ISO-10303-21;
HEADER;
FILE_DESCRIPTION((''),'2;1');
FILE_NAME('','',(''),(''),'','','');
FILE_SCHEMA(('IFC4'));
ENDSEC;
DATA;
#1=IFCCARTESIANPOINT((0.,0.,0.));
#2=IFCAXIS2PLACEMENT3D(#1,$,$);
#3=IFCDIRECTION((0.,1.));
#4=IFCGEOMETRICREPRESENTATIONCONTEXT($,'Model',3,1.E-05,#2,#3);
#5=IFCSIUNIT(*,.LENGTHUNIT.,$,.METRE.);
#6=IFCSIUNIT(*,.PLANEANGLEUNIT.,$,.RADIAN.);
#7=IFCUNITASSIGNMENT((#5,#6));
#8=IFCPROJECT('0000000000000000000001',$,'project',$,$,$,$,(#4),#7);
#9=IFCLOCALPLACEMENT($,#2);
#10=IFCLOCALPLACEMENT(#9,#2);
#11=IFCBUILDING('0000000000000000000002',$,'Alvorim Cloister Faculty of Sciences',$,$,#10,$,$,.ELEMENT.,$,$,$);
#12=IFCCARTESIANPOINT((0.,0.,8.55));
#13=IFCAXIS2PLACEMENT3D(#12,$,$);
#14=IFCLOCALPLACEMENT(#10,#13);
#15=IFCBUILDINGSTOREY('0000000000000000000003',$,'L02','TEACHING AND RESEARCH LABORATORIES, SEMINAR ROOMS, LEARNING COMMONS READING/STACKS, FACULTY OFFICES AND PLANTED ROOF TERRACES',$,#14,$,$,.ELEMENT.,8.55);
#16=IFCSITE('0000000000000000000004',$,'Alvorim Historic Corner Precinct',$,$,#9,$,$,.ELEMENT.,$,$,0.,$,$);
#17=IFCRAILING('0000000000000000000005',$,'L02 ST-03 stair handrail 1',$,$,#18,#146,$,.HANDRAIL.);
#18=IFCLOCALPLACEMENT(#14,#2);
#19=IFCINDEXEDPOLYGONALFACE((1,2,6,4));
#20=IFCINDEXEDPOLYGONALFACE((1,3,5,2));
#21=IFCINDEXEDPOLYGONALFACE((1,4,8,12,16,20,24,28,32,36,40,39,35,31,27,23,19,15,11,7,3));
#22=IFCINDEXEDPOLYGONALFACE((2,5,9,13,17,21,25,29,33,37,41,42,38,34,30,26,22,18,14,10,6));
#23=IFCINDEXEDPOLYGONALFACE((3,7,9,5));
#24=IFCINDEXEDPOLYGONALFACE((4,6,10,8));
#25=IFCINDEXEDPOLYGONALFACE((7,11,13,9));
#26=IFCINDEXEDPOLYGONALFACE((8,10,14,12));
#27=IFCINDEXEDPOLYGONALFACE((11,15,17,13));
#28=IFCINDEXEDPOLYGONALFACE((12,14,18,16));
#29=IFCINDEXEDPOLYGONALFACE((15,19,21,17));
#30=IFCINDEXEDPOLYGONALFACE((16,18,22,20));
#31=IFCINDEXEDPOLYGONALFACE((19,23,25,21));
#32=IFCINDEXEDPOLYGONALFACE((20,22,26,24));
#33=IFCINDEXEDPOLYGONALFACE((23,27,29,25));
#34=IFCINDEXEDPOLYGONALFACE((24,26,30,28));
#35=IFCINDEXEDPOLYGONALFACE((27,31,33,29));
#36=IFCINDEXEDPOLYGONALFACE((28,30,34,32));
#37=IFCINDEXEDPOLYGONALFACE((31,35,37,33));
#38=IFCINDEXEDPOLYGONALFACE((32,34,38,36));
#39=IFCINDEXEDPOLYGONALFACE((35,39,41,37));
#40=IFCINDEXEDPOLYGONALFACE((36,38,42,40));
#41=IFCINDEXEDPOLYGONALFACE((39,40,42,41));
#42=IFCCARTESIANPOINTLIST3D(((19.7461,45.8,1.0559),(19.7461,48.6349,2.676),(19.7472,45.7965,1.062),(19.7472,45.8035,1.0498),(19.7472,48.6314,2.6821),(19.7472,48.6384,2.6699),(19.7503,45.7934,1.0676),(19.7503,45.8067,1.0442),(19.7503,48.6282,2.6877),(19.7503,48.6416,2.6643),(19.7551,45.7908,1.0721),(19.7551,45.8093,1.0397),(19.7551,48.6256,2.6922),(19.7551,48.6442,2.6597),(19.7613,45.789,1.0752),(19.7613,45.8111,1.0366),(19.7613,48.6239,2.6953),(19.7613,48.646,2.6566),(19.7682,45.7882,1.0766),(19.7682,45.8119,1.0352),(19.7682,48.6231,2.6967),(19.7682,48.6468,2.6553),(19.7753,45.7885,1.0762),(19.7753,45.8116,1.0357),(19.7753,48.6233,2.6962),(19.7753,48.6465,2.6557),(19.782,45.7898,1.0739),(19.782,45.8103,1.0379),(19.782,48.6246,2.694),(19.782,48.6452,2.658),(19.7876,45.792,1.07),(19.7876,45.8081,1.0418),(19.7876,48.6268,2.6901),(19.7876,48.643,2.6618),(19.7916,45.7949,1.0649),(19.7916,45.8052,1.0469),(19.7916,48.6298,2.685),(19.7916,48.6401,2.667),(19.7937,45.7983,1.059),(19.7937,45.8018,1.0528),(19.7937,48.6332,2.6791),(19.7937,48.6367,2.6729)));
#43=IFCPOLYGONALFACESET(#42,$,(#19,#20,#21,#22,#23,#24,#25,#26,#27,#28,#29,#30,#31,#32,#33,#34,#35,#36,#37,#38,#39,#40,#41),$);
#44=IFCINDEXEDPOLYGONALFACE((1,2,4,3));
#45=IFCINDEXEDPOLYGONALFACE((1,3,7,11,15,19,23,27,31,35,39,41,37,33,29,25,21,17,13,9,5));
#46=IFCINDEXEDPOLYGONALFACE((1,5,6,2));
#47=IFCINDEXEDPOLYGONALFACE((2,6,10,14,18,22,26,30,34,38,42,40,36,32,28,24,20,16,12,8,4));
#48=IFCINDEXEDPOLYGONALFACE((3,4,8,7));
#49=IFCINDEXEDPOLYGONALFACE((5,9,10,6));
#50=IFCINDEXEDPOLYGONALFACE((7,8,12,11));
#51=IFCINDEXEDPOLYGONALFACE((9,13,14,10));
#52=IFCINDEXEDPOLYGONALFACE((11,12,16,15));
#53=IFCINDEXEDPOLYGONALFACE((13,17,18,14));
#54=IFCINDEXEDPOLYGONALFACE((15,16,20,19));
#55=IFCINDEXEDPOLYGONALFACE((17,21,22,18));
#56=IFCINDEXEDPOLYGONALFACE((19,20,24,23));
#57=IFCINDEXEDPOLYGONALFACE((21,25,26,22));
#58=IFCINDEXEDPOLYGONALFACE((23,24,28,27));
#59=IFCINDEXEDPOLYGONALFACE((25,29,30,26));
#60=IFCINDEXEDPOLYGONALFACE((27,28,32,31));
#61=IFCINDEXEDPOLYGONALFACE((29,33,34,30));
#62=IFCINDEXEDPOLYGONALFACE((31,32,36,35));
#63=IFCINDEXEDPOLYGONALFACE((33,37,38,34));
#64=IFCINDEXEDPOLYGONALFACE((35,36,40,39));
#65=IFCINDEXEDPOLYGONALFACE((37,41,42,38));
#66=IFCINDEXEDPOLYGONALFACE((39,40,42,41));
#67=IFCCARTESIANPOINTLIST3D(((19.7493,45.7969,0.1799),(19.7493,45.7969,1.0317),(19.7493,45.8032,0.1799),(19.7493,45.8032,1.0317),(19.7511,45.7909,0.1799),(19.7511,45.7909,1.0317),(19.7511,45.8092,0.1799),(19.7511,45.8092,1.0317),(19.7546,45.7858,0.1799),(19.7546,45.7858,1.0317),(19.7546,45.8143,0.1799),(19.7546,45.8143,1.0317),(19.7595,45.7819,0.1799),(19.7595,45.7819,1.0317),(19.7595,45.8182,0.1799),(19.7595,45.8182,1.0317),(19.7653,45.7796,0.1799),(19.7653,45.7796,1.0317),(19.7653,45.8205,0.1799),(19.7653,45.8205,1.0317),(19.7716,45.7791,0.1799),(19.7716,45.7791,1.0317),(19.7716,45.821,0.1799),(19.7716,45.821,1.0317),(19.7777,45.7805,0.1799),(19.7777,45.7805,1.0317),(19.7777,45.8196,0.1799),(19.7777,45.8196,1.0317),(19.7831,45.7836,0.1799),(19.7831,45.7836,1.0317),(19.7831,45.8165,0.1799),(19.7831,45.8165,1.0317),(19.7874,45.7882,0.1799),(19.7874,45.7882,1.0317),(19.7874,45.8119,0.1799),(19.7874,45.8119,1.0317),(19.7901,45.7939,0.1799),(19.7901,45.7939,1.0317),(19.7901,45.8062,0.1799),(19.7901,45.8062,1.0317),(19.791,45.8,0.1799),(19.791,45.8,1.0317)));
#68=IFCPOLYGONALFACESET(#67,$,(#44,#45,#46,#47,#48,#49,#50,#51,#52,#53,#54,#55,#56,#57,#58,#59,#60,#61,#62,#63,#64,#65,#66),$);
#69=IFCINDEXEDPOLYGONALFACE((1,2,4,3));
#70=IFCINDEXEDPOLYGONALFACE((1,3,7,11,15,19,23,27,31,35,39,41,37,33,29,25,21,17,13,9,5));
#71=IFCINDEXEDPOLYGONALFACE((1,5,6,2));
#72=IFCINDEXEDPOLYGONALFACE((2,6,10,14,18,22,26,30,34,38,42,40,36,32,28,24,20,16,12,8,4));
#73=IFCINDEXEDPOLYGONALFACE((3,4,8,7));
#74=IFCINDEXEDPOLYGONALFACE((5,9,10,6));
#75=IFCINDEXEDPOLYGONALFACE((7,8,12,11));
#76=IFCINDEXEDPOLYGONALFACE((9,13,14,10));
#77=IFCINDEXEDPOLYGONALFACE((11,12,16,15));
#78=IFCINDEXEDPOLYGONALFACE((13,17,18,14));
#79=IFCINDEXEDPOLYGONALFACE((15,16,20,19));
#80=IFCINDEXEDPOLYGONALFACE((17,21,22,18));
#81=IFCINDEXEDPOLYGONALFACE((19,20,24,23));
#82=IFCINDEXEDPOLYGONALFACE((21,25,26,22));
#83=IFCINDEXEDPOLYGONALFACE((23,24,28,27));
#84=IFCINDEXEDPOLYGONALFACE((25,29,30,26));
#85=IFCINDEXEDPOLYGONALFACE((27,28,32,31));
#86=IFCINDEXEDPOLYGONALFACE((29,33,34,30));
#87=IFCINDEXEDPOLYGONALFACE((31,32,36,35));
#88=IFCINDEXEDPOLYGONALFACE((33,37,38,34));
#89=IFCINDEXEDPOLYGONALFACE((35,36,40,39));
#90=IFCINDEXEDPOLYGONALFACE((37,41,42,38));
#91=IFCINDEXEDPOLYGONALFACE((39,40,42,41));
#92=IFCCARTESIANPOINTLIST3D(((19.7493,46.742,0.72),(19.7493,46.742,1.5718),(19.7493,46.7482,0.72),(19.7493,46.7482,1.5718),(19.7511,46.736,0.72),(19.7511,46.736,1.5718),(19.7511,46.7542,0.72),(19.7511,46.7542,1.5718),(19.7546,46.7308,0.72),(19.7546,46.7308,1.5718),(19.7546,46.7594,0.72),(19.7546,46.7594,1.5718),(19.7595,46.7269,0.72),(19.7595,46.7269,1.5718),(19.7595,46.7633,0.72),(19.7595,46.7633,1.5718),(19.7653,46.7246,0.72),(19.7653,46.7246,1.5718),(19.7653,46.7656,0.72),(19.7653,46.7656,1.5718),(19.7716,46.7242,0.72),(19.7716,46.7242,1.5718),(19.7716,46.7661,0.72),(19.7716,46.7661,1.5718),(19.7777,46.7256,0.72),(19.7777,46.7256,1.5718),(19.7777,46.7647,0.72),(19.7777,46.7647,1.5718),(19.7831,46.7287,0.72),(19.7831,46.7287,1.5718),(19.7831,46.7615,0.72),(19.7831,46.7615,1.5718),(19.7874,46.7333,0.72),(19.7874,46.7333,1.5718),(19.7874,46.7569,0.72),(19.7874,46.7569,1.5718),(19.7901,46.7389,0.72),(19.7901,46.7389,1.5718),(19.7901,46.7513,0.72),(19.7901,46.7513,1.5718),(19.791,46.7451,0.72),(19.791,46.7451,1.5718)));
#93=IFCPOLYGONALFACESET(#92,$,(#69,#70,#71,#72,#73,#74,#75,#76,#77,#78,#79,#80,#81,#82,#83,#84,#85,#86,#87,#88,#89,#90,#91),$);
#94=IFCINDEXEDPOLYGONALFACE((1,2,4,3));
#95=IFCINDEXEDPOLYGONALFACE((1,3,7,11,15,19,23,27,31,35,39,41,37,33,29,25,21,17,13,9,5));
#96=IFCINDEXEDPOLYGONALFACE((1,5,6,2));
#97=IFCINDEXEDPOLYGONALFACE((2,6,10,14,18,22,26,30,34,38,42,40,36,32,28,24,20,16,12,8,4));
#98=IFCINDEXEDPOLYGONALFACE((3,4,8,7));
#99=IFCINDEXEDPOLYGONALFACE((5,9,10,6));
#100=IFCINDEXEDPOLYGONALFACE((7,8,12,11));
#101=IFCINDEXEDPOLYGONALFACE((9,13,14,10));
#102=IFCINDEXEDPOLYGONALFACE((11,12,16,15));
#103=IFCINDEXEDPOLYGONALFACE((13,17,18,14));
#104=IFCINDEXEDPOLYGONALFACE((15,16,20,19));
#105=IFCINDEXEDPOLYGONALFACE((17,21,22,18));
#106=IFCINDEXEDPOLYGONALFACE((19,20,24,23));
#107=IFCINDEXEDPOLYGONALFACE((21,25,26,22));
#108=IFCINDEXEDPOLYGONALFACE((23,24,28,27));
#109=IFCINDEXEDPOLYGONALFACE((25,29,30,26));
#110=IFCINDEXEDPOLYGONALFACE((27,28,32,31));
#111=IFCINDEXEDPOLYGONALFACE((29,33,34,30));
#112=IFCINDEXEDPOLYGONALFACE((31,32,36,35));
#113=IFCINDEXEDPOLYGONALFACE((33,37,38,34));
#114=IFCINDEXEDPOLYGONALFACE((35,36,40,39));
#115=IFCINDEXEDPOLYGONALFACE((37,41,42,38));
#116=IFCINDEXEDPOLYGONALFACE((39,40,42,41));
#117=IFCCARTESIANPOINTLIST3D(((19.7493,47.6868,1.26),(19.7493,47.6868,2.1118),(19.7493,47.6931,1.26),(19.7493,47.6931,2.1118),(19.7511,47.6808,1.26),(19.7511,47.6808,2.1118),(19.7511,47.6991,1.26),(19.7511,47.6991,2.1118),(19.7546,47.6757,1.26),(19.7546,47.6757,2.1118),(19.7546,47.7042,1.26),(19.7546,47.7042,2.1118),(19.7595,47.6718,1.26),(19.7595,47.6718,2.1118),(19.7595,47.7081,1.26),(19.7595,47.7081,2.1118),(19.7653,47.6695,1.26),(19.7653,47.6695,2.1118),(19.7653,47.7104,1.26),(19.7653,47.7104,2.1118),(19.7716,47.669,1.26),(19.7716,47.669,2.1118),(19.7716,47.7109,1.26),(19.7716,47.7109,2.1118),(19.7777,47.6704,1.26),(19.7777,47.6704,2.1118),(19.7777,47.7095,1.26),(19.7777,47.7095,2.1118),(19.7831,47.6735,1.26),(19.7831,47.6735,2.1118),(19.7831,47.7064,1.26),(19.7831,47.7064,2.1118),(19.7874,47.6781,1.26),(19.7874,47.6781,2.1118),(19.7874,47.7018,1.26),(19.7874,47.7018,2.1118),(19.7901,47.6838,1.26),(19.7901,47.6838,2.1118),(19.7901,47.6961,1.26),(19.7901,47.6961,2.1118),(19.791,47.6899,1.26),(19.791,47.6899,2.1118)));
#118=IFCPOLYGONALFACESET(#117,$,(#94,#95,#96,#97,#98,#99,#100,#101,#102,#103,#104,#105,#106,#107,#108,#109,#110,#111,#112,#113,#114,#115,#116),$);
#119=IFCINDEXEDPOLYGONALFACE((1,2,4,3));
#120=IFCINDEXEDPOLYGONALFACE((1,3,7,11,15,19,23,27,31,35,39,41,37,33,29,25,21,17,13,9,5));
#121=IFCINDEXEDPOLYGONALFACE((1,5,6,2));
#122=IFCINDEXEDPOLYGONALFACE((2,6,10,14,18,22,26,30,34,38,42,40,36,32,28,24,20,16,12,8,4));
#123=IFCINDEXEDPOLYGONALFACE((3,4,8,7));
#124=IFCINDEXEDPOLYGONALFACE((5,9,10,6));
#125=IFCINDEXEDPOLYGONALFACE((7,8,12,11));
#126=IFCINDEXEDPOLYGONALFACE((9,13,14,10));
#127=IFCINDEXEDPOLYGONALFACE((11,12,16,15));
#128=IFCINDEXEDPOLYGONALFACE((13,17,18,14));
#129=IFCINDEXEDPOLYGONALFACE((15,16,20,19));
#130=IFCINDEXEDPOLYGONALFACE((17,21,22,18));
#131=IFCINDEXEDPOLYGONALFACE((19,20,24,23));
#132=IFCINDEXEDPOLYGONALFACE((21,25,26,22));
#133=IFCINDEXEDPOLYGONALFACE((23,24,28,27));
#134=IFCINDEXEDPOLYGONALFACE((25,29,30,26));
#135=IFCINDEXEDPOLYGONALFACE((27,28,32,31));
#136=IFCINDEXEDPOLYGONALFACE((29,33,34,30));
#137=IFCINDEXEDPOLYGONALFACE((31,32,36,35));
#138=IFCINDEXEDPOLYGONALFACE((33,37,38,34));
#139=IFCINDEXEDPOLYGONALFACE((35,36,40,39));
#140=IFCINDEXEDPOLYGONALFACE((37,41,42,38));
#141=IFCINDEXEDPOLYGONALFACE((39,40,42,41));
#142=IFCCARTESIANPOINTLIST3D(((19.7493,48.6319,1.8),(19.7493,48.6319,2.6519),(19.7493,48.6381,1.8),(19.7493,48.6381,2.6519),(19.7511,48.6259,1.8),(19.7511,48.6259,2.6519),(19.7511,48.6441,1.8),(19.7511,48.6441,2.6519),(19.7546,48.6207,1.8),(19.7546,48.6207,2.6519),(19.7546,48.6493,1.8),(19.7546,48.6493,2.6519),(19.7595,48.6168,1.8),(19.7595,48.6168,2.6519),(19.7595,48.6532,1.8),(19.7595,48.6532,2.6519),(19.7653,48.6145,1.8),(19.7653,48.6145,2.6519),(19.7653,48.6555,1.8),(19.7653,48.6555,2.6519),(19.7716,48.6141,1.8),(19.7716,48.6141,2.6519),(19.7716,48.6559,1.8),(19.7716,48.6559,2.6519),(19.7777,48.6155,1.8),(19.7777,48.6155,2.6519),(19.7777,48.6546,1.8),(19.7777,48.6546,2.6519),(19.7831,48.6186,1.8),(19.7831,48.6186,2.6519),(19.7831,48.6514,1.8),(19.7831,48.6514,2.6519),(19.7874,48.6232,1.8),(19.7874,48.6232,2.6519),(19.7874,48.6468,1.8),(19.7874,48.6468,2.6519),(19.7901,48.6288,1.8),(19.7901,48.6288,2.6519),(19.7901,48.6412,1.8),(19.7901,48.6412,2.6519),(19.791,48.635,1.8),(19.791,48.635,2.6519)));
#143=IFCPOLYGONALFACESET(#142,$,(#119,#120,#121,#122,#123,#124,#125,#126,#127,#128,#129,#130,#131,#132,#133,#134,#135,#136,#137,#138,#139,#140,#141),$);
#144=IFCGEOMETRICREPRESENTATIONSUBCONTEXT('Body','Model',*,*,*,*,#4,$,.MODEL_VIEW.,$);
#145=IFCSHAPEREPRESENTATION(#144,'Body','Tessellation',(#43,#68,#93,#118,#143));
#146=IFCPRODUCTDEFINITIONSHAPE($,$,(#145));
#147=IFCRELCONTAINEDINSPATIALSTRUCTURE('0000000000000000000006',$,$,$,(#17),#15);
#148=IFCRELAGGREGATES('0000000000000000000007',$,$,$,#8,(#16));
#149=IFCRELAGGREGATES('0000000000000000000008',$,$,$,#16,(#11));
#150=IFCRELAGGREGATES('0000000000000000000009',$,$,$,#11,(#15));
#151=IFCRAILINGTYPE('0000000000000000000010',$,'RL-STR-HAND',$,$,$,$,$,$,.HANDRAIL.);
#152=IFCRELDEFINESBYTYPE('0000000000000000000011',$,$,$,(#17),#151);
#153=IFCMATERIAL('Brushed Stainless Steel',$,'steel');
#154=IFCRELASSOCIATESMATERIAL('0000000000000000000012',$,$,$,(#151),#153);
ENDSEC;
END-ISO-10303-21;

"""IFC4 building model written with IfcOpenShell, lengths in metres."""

from ifc_helpers import new_model, si_unit, direction, frame, origin, origin_2d, place, context, subcontext, project, spatial, circle, extrude, material, type_object, element, save


model = new_model("IFC4")

# Units and contexts
model_context = context("Model", 3, precision=1e-05, world=origin(), true_north=direction((0.0, 1.0)))
body_context = subcontext(model_context, "Body", "Model", "MODEL_VIEW")
ifc_project = project(units=[si_unit("LENGTHUNIT", "METRE"), si_unit("PLANEANGLEUNIT", "RADIAN")], contexts=[model_context])

# Site, building, storey
site_placement = place(None, origin())
site = spatial("IfcSite", under=ifc_project, at=site_placement, Name="Alvorim Historic Corner Precinct", CompositionType="ELEMENT", RefElevation=0.0)
building_placement = place(site_placement, origin())
building = spatial("IfcBuilding", under=site, at=building_placement, Name="Alvorim Cloister Faculty of Sciences", CompositionType="ELEMENT")
storey_placement = place(building_placement, frame((0.0, 0.0, 8.55)))
storey = spatial("IfcBuildingStorey", under=building, at=storey_placement, Name="L02", Description="TEACHING AND RESEARCH LABORATORIES, SEMINAR ROOMS, LEARNING COMMONS READING/STACKS, FACULTY OFFICES AND PLANTED ROOF TERRACES", CompositionType="ELEMENT", Elevation=8.55)

# Shared definitions
ifc_material_1 = material(Name="Brushed Stainless Steel", Category="steel")

# Railing
railing_type_1 = type_object("IfcRailingType", Name="RL-STR-HAND", PredefinedType="HANDRAIL", material=ifc_material_1)
railing_1_placement = place(storey_placement, frame((19.77, 45.8, 0.1799)))
element("IfcRailing", 1, at=railing_1_placement, inside=storey, type_object=railing_type_1, Name="L02 ST-03 stair handrail 1", PredefinedType="HANDRAIL", context=body_context, shape_type="SweptSolid", body=[
    extrude(circle(Radius=0.0239, at=origin_2d()), frame((0.0, 0.0, 0.876), z_axis=(0.0, 0.868225, 0.496171), x_axis=(-1.0, 0.0, 0.0)), (0.0, 0.0, 1.0), 3.2651),
    extrude(circle(Radius=0.021, at=origin_2d()), origin(), (0.0, 0.0, 1.0), 0.8518),
    extrude(circle(Radius=0.021, at=origin_2d()), frame((0.0, 0.9451, 0.54)), (0.0, 0.0, 1.0), 0.8518),
    extrude(circle(Radius=0.021, at=origin_2d()), frame((0.0, 1.8899, 1.0801)), (0.0, 0.0, 1.0), 0.8518),
    extrude(circle(Radius=0.021, at=origin_2d()), frame((0.0, 2.835, 1.6201)), (0.0, 0.0, 1.0), 0.8518),
])

save(model, "model.ifc")
